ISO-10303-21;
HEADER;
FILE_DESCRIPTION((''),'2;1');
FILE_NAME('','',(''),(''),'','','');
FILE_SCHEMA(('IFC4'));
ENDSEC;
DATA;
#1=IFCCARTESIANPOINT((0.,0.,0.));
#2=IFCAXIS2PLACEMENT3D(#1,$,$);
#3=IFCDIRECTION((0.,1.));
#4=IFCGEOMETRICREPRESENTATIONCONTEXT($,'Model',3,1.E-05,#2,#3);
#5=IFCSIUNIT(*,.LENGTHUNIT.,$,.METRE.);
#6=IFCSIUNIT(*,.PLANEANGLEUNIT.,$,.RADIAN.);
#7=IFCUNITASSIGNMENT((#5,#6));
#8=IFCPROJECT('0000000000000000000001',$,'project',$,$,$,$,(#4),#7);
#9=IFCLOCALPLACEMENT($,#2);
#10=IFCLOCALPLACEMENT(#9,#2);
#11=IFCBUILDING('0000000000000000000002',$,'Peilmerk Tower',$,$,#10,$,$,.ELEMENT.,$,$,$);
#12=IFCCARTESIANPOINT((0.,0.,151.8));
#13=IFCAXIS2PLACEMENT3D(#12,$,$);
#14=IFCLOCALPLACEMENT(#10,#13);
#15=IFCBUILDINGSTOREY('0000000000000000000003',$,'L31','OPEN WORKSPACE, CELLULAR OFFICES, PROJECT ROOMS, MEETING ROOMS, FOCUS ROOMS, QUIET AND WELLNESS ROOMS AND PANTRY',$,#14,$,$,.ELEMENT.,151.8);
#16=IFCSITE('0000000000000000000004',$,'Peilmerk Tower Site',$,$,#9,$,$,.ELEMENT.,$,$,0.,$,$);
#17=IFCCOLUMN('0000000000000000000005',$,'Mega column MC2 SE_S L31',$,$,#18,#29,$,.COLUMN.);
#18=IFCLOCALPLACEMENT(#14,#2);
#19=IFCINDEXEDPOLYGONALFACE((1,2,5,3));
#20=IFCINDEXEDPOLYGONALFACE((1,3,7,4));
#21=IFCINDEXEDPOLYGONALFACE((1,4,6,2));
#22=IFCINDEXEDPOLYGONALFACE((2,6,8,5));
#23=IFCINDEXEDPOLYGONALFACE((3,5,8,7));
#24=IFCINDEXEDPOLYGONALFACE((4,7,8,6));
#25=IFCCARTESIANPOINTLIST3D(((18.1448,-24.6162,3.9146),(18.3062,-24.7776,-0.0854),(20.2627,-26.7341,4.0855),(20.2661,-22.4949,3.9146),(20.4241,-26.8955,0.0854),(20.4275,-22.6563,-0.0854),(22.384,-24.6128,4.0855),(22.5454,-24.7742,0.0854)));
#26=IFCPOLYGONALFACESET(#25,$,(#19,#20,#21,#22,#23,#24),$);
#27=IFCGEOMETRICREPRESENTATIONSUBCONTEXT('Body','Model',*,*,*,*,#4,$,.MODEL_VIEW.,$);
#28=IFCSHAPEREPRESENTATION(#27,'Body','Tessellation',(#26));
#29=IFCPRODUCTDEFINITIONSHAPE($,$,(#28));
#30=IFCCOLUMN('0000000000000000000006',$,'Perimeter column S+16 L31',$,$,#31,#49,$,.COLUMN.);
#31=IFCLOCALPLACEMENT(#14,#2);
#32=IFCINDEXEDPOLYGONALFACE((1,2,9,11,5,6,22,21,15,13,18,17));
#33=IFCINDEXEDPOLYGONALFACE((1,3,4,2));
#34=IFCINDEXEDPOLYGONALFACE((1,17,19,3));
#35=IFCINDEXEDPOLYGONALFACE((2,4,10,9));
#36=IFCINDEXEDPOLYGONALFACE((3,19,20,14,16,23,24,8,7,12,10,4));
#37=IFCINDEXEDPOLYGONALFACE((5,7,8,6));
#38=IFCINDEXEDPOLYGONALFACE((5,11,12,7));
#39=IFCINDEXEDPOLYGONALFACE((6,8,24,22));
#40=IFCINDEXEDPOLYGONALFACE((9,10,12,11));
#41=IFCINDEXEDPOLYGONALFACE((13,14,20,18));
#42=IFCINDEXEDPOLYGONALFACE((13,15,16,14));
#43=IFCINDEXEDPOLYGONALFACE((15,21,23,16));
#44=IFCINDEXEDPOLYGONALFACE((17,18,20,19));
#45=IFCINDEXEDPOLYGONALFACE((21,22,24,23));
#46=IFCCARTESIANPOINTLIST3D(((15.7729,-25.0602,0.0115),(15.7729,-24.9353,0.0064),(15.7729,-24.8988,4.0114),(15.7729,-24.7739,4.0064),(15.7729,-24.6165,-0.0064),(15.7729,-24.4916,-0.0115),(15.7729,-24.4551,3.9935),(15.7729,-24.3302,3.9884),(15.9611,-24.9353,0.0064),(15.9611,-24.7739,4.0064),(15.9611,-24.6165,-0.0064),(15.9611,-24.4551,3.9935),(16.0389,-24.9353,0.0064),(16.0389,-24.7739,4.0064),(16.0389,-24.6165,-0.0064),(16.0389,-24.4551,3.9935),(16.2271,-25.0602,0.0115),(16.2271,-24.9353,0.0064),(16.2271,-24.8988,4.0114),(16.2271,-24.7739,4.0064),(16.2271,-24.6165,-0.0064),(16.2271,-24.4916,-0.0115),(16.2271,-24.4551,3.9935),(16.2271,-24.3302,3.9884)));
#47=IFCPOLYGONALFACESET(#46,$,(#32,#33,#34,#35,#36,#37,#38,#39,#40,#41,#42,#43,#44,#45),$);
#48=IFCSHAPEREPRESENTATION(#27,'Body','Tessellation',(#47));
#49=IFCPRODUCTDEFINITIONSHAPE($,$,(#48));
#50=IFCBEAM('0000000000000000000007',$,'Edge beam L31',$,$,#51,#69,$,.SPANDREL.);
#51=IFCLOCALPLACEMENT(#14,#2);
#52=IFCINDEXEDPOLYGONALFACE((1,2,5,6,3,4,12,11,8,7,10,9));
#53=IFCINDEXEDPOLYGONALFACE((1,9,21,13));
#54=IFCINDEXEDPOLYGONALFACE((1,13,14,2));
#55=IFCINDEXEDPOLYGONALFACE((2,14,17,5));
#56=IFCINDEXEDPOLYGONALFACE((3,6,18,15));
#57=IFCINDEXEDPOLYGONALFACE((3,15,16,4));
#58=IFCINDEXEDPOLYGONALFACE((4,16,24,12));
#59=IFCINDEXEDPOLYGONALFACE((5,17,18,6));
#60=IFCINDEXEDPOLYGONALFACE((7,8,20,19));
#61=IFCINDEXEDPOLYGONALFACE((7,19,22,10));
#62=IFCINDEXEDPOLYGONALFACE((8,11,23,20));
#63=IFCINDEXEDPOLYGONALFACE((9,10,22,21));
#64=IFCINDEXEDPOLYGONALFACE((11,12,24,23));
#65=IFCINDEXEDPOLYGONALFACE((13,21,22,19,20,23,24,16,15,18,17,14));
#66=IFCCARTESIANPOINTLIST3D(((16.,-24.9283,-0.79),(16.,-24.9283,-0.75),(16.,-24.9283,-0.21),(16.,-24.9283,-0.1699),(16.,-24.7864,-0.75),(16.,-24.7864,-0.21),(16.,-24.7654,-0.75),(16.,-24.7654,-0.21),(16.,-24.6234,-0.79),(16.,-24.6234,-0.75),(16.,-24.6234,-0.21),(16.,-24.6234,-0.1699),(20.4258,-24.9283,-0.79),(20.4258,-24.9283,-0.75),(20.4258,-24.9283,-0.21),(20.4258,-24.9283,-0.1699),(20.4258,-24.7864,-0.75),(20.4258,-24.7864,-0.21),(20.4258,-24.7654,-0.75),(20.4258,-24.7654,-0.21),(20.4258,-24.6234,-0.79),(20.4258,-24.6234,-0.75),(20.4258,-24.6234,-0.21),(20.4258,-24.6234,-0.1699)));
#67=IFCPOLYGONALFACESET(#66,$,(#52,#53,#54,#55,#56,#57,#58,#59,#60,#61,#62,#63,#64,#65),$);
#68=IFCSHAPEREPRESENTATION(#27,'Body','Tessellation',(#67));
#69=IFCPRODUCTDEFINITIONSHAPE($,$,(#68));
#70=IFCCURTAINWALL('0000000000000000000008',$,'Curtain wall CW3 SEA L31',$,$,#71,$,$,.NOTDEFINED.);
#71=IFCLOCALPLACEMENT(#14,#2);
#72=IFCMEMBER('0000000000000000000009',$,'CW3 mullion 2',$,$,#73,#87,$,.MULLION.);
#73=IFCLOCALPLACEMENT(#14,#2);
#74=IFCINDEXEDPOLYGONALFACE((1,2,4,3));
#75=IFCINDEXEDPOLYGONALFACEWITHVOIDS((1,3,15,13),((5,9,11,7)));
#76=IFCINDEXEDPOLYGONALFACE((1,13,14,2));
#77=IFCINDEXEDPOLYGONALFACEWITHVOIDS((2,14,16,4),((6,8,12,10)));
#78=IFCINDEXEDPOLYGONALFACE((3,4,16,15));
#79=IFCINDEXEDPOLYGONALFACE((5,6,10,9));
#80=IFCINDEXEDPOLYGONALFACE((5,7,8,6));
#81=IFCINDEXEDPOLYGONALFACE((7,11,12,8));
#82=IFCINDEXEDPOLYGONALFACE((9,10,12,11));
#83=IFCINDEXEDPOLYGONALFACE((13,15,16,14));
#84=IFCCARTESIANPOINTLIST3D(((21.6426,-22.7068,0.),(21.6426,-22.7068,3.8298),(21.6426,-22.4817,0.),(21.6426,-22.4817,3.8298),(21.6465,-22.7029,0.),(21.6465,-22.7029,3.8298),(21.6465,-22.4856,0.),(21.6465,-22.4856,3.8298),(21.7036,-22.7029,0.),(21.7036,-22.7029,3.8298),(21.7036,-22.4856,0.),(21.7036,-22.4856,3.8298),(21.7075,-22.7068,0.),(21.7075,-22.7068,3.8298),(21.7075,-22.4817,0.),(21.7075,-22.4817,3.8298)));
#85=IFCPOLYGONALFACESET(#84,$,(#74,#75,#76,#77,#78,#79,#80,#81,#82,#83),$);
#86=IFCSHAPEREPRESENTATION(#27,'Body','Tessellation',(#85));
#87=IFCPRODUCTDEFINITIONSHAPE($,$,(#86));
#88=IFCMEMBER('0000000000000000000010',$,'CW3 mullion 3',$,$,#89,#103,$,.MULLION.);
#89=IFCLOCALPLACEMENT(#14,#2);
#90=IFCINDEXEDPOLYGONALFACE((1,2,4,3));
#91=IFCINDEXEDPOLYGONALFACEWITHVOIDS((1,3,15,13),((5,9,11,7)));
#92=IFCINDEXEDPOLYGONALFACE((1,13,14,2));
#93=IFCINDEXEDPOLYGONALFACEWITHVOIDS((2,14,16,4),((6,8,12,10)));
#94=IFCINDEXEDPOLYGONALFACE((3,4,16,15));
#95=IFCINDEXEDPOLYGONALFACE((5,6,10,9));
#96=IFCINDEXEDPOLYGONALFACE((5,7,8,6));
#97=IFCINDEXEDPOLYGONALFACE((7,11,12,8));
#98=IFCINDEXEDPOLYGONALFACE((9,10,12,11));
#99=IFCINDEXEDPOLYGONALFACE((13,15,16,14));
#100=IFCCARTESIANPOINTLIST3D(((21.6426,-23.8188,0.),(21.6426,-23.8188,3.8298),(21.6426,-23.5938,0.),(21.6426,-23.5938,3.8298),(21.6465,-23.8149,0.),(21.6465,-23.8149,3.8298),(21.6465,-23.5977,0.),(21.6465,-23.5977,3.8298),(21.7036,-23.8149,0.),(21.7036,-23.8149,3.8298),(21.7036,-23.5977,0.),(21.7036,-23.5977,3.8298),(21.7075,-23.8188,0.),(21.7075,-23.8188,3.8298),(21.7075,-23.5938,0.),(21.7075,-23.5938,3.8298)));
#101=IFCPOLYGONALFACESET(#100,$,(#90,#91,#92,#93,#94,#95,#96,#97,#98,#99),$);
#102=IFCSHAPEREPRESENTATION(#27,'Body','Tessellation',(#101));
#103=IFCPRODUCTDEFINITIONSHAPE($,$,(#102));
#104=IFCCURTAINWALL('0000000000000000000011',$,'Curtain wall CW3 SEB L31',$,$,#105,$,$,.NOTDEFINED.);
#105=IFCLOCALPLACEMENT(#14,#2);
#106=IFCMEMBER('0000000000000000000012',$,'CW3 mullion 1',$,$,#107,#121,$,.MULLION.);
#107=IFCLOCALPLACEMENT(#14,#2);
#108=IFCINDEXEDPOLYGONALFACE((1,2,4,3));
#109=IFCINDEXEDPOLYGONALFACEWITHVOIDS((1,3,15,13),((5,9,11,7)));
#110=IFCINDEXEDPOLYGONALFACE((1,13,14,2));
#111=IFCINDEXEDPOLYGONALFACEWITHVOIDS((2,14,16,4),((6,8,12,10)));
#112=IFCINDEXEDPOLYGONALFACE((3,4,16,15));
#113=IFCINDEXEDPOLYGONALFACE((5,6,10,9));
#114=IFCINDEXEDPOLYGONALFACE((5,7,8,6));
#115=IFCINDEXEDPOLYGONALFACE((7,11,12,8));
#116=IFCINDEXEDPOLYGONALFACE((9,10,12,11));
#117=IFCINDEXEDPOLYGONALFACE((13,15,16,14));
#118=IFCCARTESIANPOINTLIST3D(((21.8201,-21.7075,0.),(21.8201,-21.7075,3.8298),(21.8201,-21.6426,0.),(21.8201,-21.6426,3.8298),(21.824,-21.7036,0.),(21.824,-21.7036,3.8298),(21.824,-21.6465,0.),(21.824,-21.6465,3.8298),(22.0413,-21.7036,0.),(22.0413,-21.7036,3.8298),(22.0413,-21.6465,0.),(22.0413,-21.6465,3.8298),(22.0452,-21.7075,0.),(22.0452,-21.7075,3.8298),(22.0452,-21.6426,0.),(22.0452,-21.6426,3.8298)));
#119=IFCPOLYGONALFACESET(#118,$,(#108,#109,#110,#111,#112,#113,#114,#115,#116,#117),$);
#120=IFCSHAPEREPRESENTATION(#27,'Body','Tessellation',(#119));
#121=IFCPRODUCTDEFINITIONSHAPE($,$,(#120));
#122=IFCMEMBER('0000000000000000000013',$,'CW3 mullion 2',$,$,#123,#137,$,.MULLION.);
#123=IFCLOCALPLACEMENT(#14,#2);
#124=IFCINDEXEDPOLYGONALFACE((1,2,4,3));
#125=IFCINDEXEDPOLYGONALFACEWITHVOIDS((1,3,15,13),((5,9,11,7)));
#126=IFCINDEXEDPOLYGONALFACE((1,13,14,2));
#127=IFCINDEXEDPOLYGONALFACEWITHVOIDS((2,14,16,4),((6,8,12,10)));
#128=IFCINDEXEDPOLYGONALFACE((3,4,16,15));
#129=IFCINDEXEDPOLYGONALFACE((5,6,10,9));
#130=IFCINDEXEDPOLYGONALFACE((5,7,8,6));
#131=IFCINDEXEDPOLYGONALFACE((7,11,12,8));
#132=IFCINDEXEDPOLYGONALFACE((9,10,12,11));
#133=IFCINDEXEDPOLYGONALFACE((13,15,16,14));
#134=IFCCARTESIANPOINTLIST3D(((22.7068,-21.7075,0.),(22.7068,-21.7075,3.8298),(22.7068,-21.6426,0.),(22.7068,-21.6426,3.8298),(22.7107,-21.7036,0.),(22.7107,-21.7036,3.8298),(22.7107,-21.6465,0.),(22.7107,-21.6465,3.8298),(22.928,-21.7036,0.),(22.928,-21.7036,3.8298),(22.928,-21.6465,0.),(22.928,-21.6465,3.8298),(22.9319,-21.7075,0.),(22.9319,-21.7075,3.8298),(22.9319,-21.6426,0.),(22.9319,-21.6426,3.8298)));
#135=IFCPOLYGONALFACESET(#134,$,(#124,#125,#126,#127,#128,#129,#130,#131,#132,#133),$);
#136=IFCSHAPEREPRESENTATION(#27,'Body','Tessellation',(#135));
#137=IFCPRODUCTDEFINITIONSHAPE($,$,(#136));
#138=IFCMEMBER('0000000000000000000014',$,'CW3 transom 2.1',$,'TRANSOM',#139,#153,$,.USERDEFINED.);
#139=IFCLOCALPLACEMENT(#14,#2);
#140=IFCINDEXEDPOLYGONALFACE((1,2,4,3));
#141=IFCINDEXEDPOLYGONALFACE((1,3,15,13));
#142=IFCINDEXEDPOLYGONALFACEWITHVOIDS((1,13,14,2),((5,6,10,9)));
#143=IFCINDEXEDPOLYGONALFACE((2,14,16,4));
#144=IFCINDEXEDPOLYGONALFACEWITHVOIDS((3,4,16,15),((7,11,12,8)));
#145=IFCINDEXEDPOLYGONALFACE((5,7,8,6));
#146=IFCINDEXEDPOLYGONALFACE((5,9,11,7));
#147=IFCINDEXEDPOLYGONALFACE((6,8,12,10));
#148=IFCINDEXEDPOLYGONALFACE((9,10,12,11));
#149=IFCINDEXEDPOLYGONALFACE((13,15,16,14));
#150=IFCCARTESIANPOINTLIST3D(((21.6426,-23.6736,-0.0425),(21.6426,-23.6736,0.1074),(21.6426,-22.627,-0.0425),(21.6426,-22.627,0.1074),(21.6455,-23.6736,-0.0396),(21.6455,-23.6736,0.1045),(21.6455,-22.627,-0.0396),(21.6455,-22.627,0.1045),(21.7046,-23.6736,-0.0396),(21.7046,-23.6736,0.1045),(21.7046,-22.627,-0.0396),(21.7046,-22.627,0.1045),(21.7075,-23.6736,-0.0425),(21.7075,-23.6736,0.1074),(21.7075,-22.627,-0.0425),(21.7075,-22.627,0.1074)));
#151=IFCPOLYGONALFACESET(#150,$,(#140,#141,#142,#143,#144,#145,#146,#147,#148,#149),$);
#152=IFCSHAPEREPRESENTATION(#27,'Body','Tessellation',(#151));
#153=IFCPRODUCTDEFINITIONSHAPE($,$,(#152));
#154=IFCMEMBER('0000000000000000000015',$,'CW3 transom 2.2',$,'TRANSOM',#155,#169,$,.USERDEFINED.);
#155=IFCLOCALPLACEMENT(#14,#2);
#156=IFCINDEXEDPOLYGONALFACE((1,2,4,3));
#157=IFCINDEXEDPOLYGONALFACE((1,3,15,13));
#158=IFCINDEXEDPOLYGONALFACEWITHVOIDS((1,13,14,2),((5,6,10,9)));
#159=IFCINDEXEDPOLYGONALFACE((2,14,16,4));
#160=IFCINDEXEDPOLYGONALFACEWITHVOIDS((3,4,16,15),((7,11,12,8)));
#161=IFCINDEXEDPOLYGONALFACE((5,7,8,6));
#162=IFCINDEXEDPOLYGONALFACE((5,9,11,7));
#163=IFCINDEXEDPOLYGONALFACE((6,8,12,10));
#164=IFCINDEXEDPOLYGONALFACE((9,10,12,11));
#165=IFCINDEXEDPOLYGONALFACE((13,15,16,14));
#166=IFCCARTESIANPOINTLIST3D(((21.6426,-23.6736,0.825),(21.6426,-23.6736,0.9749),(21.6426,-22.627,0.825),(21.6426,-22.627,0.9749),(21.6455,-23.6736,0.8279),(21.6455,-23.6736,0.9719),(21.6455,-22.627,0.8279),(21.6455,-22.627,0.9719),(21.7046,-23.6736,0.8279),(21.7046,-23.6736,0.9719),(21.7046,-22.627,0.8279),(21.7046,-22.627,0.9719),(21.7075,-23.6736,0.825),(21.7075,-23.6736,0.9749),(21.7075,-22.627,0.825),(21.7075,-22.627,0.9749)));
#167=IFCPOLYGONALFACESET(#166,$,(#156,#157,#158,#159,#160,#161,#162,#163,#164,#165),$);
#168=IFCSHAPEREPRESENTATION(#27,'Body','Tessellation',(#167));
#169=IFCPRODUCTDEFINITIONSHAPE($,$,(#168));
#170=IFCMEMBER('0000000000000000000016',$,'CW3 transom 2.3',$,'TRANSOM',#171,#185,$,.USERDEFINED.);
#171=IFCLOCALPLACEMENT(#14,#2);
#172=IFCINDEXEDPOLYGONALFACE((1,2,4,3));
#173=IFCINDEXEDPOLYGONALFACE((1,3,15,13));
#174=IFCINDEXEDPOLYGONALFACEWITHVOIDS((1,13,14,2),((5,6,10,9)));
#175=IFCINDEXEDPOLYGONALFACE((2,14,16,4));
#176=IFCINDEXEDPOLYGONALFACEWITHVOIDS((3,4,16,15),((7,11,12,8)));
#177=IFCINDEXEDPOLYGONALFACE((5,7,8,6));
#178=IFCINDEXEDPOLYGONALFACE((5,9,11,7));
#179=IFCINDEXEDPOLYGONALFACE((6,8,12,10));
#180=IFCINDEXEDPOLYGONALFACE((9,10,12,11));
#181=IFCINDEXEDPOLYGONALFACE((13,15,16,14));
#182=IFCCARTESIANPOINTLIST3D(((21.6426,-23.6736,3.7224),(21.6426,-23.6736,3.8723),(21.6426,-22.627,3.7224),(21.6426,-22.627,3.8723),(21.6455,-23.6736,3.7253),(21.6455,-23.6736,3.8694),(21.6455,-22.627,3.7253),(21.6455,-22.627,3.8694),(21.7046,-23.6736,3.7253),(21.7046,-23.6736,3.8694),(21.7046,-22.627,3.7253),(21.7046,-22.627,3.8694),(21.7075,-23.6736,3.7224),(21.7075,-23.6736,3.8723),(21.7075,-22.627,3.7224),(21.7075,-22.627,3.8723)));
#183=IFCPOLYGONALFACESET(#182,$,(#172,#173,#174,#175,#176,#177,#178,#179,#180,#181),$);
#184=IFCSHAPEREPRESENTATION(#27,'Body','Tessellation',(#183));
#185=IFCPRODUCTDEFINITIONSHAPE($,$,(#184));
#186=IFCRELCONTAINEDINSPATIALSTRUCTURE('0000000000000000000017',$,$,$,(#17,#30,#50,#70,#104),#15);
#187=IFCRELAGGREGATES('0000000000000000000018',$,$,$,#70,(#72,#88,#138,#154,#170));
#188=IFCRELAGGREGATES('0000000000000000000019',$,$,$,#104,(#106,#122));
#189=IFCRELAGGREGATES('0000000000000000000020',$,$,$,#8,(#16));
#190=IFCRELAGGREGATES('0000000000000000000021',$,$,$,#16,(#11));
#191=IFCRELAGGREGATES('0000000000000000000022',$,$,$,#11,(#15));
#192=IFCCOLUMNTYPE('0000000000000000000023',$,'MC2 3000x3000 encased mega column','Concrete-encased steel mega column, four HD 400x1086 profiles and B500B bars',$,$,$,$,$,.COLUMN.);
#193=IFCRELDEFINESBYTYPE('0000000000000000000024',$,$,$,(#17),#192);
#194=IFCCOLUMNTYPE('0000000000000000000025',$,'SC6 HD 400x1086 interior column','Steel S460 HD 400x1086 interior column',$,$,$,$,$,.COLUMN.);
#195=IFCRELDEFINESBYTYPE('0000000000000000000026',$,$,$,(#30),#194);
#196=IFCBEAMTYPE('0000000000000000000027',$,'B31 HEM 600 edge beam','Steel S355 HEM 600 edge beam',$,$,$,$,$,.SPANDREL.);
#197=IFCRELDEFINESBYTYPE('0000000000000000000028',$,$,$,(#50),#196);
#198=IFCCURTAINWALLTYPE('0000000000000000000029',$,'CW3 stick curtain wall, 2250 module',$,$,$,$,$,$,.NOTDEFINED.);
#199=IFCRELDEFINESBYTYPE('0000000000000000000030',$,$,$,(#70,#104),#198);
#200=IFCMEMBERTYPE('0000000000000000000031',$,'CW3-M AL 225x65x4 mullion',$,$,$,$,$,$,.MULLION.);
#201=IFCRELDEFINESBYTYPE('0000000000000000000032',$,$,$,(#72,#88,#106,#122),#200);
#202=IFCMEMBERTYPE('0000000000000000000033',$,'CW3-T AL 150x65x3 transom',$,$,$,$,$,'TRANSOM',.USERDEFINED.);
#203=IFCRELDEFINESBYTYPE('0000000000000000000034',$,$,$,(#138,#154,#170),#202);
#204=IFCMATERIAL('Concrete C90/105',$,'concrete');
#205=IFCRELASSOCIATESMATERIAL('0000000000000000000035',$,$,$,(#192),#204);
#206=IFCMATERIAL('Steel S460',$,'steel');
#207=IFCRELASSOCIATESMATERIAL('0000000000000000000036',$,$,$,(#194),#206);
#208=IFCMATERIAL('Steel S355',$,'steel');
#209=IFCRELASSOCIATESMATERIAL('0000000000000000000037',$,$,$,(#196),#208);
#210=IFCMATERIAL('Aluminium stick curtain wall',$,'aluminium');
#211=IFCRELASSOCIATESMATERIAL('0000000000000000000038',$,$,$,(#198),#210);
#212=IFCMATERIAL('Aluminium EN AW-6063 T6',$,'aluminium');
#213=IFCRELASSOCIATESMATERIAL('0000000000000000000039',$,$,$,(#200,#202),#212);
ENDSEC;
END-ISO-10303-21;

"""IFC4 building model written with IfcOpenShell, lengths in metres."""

from ifc_helpers import new_model, si_unit, direction, frame, origin, origin_2d, place, context, subcontext, project, spatial, rectangle, hollow_rectangle, i_section, extrude, material, material_profile, profile_set, type_object, element, aggregate, save


model = new_model("IFC4")

# Units and contexts
model_context = context("Model", 3, precision=1e-05, world=origin(), true_north=direction((0.0, 1.0)))
body_context = subcontext(model_context, "Body", "Model", "MODEL_VIEW")
ifc_project = project(units=[si_unit("LENGTHUNIT", "METRE"), si_unit("PLANEANGLEUNIT", "RADIAN")], contexts=[model_context])

# Site, building, storey
site_placement = place(None, origin())
site = spatial("IfcSite", under=ifc_project, at=site_placement, Name="Peilmerk Tower Site", CompositionType="ELEMENT", RefElevation=0.0)
building_placement = place(site_placement, origin())
building = spatial("IfcBuilding", under=site, at=building_placement, Name="Peilmerk Tower", CompositionType="ELEMENT")
storey_placement = place(building_placement, frame((0.0, 0.0, 151.8)))
storey = spatial("IfcBuildingStorey", under=building, at=storey_placement, Name="L31", Description="OPEN WORKSPACE, CELLULAR OFFICES, PROJECT ROOMS, MEETING ROOMS, FOCUS ROOMS, QUIET AND WELLNESS ROOMS AND PANTRY", CompositionType="ELEMENT", Elevation=151.8)

# Columns
ifc_material_1 = material(Name="Concrete C90/105", Category="concrete")
ifc_material_profile_1 = material_profile(ifc_material_1, rectangle(XDim=3.0, YDim=3.0, at=origin_2d()), Name="RC 3000x3000")
ifc_profile_set_1 = profile_set([ifc_material_profile_1], Name="Concrete C90/105")
column_type_1 = type_object("IfcColumnType", Name="MC2 3000x3000 encased mega column", Description="Concrete-encased steel mega column, four HD 400x1086 profiles and B500B bars", PredefinedType="COLUMN", material=ifc_profile_set_1)
column_1_placement = place(storey_placement, frame((20.4258, -24.7759, 0.0), z_axis=(-0.040279, 0.040279, 0.998376), x_axis=(-0.707107, -0.707107, 0.0)))
element("IfcColumn", 1, at=column_1_placement, inside=storey, type_object=column_type_1, Name="Mega column MC2 SE_S L31", PredefinedType="COLUMN", context=body_context, shape_type="SweptSolid", body=[
    extrude(rectangle(XDim=3.0, YDim=3.0, at=origin_2d()), origin(), (0.0, 0.0, 1.0), 4.0066),
])
ifc_material_2 = material(Name="Steel S460", Category="steel")
ifc_material_profile_2 = material_profile(ifc_material_2, i_section(OverallWidth=0.4541, OverallDepth=0.5691, WebThickness=0.0779, FlangeThickness=0.125, at=origin_2d()), Name="HD 400x1086")
ifc_profile_set_2 = profile_set([ifc_material_profile_2], Name="Steel S460")
column_type_2 = type_object("IfcColumnType", Name="SC6 HD 400x1086 interior column", Description="Steel S460 HD 400x1086 interior column", PredefinedType="COLUMN", material=ifc_profile_set_2)
column_2_placement = place(storey_placement, frame((16.0, -24.7759, 0.0), z_axis=(0.0, 0.040311, 0.999187), x_axis=(-1.0, 0.0, 0.0)))
element("IfcColumn", 2, at=column_2_placement, inside=storey, type_object=column_type_2, Name="Perimeter column S+16 L31", PredefinedType="COLUMN", context=body_context, shape_type="SweptSolid", body=[
    extrude(i_section(OverallWidth=0.4541, OverallDepth=0.5691, WebThickness=0.0779, FlangeThickness=0.125, at=origin_2d()), origin(), (0.0, 0.0, 1.0), 4.0032),
])

# Beam
ifc_material_3 = material(Name="Steel S355", Category="steel")
ifc_material_profile_3 = material_profile(ifc_material_3, i_section(OverallWidth=0.3049, OverallDepth=0.6201, WebThickness=0.021, FlangeThickness=0.04, at=origin_2d()), Name="HEM 600")
ifc_profile_set_3 = profile_set([ifc_material_profile_3], Name="Steel S355")
beam_type = type_object("IfcBeamType", Name="B31 HEM 600 edge beam", Description="Steel S355 HEM 600 edge beam", PredefinedType="SPANDREL", material=ifc_profile_set_3)
beam_placement = place(storey_placement, frame((16.0, -24.7759, -0.48), z_axis=(1.0, 0.0, 0.0), x_axis=(0.0, 1.0, 0.0)))
element("IfcBeam", 3, at=beam_placement, inside=storey, type_object=beam_type, Name="Edge beam L31", PredefinedType="SPANDREL", context=body_context, shape_type="SweptSolid", body=[
    extrude(i_section(OverallWidth=0.3049, OverallDepth=0.6201, WebThickness=0.021, FlangeThickness=0.04, at=origin_2d()), origin(), (0.0, 0.0, 1.0), 4.4258),
])

# Curtain walls, members
ifc_material_4 = material(Name="Aluminium stick curtain wall", Category="aluminium")
curtain_wall_type = type_object("IfcCurtainWallType", Name="CW3 stick curtain wall, 2250 module", PredefinedType="NOTDEFINED", material=ifc_material_4)
curtain_wall_1_placement = place(storey_placement, origin())
curtain_wall_1 = element("IfcCurtainWall", 4, at=curtain_wall_1_placement, inside=storey, type_object=curtain_wall_type, Name="Curtain wall CW3 SEA L31", PredefinedType="NOTDEFINED")
ifc_material_5 = material(Name="Aluminium EN AW-6063 T6", Category="aluminium")
ifc_material_profile_4 = material_profile(ifc_material_5, hollow_rectangle(XDim=0.0649, YDim=0.2251, WallThickness=0.0039, at=origin_2d()), Name="AL 225x65x4")
ifc_profile_set_4 = profile_set([ifc_material_profile_4], Name="Aluminium EN AW-6063 T6")
member_type_1 = type_object("IfcMemberType", Name="CW3-M AL 225x65x4 mullion", PredefinedType="MULLION", material=ifc_profile_set_4)
member_1_placement = place(storey_placement, frame((21.675, -22.5942, 0.0), z_axis=(0.0, 0.0, 1.0), x_axis=(1.0, 0.0, 0.0)))
member_1 = element("IfcMember", 5, at=member_1_placement, type_object=member_type_1, Name="CW3 mullion 2", PredefinedType="MULLION", context=body_context, shape_type="SweptSolid", body=[
    extrude(hollow_rectangle(XDim=0.0649, YDim=0.2251, WallThickness=0.0039, at=origin_2d()), origin(), (0.0, 0.0, 1.0), 3.8298),
])
member_2_placement = place(storey_placement, frame((21.675, -23.7063, 0.0), z_axis=(0.0, 0.0, 1.0), x_axis=(1.0, 0.0, 0.0)))
member_2 = element("IfcMember", 6, at=member_2_placement, type_object=member_type_1, Name="CW3 mullion 3", PredefinedType="MULLION", context=body_context, shape_type="SweptSolid", body=[
    extrude(hollow_rectangle(XDim=0.0649, YDim=0.2251, WallThickness=0.0039, at=origin_2d()), origin(), (0.0, 0.0, 1.0), 3.8298),
])
curtain_wall_2_placement = place(storey_placement, origin())
curtain_wall_2 = element("IfcCurtainWall", 7, at=curtain_wall_2_placement, inside=storey, type_object=curtain_wall_type, Name="Curtain wall CW3 SEB L31", PredefinedType="NOTDEFINED")
member_3_placement = place(storey_placement, frame((21.9326, -21.675, 0.0), z_axis=(0.0, 0.0, 1.0), x_axis=(0.0, 1.0, 0.0)))
member_3 = element("IfcMember", 8, at=member_3_placement, type_object=member_type_1, Name="CW3 mullion 1", PredefinedType="MULLION", context=body_context, shape_type="SweptSolid", body=[
    extrude(hollow_rectangle(XDim=0.0649, YDim=0.2251, WallThickness=0.0039, at=origin_2d()), origin(), (0.0, 0.0, 1.0), 3.8298),
])
member_4_placement = place(storey_placement, frame((22.8193, -21.675, 0.0), z_axis=(0.0, 0.0, 1.0), x_axis=(0.0, 1.0, 0.0)))
member_4 = element("IfcMember", 9, at=member_4_placement, type_object=member_type_1, Name="CW3 mullion 2", PredefinedType="MULLION", context=body_context, shape_type="SweptSolid", body=[
    extrude(hollow_rectangle(XDim=0.0649, YDim=0.2251, WallThickness=0.0039, at=origin_2d()), origin(), (0.0, 0.0, 1.0), 3.8298),
])

# Members
ifc_material_profile_5 = material_profile(ifc_material_5, hollow_rectangle(XDim=0.0649, YDim=0.1499, WallThickness=0.0029, at=origin_2d()), Name="AL 150x65x3")
ifc_profile_set_5 = profile_set([ifc_material_profile_5], Name="Aluminium EN AW-6063 T6")
member_type_2 = type_object("IfcMemberType", Name="CW3-T AL 150x65x3 transom", ElementType="TRANSOM", PredefinedType="USERDEFINED", material=ifc_profile_set_5)
member_5_placement = place(storey_placement, frame((21.675, -22.627, 0.0325), z_axis=(0.0, -1.0, 0.0), x_axis=(1.0, 0.0, 0.0)))
member_5 = element("IfcMember", 10, at=member_5_placement, type_object=member_type_2, Name="CW3 transom 2.1", ObjectType="TRANSOM", PredefinedType="USERDEFINED", context=body_context, shape_type="SweptSolid", body=[
    extrude(hollow_rectangle(XDim=0.0649, YDim=0.1499, WallThickness=0.0029, at=origin_2d()), origin(), (0.0, 0.0, 1.0), 1.0466),
])
member_6_placement = place(storey_placement, frame((21.675, -22.627, 0.8999), z_axis=(0.0, -1.0, 0.0), x_axis=(1.0, 0.0, 0.0)))
member_6 = element("IfcMember", 11, at=member_6_placement, type_object=member_type_2, Name="CW3 transom 2.2", ObjectType="TRANSOM", PredefinedType="USERDEFINED", context=body_context, shape_type="SweptSolid", body=[
    extrude(hollow_rectangle(XDim=0.0649, YDim=0.1499, WallThickness=0.0029, at=origin_2d()), origin(), (0.0, 0.0, 1.0), 1.0466),
])
member_7_placement = place(storey_placement, frame((21.675, -22.627, 3.7974), z_axis=(0.0, -1.0, 0.0), x_axis=(1.0, 0.0, 0.0)))
member_7 = element("IfcMember", 12, at=member_7_placement, type_object=member_type_2, Name="CW3 transom 2.3", ObjectType="TRANSOM", PredefinedType="USERDEFINED", context=body_context, shape_type="SweptSolid", body=[
    extrude(hollow_rectangle(XDim=0.0649, YDim=0.1499, WallThickness=0.0029, at=origin_2d()), origin(), (0.0, 0.0, 1.0), 1.0466),
])

aggregate(curtain_wall_1, [member_1, member_2, member_5, member_6, member_7])
aggregate(curtain_wall_2, [member_3, member_4])

save(model, "model.ifc")
